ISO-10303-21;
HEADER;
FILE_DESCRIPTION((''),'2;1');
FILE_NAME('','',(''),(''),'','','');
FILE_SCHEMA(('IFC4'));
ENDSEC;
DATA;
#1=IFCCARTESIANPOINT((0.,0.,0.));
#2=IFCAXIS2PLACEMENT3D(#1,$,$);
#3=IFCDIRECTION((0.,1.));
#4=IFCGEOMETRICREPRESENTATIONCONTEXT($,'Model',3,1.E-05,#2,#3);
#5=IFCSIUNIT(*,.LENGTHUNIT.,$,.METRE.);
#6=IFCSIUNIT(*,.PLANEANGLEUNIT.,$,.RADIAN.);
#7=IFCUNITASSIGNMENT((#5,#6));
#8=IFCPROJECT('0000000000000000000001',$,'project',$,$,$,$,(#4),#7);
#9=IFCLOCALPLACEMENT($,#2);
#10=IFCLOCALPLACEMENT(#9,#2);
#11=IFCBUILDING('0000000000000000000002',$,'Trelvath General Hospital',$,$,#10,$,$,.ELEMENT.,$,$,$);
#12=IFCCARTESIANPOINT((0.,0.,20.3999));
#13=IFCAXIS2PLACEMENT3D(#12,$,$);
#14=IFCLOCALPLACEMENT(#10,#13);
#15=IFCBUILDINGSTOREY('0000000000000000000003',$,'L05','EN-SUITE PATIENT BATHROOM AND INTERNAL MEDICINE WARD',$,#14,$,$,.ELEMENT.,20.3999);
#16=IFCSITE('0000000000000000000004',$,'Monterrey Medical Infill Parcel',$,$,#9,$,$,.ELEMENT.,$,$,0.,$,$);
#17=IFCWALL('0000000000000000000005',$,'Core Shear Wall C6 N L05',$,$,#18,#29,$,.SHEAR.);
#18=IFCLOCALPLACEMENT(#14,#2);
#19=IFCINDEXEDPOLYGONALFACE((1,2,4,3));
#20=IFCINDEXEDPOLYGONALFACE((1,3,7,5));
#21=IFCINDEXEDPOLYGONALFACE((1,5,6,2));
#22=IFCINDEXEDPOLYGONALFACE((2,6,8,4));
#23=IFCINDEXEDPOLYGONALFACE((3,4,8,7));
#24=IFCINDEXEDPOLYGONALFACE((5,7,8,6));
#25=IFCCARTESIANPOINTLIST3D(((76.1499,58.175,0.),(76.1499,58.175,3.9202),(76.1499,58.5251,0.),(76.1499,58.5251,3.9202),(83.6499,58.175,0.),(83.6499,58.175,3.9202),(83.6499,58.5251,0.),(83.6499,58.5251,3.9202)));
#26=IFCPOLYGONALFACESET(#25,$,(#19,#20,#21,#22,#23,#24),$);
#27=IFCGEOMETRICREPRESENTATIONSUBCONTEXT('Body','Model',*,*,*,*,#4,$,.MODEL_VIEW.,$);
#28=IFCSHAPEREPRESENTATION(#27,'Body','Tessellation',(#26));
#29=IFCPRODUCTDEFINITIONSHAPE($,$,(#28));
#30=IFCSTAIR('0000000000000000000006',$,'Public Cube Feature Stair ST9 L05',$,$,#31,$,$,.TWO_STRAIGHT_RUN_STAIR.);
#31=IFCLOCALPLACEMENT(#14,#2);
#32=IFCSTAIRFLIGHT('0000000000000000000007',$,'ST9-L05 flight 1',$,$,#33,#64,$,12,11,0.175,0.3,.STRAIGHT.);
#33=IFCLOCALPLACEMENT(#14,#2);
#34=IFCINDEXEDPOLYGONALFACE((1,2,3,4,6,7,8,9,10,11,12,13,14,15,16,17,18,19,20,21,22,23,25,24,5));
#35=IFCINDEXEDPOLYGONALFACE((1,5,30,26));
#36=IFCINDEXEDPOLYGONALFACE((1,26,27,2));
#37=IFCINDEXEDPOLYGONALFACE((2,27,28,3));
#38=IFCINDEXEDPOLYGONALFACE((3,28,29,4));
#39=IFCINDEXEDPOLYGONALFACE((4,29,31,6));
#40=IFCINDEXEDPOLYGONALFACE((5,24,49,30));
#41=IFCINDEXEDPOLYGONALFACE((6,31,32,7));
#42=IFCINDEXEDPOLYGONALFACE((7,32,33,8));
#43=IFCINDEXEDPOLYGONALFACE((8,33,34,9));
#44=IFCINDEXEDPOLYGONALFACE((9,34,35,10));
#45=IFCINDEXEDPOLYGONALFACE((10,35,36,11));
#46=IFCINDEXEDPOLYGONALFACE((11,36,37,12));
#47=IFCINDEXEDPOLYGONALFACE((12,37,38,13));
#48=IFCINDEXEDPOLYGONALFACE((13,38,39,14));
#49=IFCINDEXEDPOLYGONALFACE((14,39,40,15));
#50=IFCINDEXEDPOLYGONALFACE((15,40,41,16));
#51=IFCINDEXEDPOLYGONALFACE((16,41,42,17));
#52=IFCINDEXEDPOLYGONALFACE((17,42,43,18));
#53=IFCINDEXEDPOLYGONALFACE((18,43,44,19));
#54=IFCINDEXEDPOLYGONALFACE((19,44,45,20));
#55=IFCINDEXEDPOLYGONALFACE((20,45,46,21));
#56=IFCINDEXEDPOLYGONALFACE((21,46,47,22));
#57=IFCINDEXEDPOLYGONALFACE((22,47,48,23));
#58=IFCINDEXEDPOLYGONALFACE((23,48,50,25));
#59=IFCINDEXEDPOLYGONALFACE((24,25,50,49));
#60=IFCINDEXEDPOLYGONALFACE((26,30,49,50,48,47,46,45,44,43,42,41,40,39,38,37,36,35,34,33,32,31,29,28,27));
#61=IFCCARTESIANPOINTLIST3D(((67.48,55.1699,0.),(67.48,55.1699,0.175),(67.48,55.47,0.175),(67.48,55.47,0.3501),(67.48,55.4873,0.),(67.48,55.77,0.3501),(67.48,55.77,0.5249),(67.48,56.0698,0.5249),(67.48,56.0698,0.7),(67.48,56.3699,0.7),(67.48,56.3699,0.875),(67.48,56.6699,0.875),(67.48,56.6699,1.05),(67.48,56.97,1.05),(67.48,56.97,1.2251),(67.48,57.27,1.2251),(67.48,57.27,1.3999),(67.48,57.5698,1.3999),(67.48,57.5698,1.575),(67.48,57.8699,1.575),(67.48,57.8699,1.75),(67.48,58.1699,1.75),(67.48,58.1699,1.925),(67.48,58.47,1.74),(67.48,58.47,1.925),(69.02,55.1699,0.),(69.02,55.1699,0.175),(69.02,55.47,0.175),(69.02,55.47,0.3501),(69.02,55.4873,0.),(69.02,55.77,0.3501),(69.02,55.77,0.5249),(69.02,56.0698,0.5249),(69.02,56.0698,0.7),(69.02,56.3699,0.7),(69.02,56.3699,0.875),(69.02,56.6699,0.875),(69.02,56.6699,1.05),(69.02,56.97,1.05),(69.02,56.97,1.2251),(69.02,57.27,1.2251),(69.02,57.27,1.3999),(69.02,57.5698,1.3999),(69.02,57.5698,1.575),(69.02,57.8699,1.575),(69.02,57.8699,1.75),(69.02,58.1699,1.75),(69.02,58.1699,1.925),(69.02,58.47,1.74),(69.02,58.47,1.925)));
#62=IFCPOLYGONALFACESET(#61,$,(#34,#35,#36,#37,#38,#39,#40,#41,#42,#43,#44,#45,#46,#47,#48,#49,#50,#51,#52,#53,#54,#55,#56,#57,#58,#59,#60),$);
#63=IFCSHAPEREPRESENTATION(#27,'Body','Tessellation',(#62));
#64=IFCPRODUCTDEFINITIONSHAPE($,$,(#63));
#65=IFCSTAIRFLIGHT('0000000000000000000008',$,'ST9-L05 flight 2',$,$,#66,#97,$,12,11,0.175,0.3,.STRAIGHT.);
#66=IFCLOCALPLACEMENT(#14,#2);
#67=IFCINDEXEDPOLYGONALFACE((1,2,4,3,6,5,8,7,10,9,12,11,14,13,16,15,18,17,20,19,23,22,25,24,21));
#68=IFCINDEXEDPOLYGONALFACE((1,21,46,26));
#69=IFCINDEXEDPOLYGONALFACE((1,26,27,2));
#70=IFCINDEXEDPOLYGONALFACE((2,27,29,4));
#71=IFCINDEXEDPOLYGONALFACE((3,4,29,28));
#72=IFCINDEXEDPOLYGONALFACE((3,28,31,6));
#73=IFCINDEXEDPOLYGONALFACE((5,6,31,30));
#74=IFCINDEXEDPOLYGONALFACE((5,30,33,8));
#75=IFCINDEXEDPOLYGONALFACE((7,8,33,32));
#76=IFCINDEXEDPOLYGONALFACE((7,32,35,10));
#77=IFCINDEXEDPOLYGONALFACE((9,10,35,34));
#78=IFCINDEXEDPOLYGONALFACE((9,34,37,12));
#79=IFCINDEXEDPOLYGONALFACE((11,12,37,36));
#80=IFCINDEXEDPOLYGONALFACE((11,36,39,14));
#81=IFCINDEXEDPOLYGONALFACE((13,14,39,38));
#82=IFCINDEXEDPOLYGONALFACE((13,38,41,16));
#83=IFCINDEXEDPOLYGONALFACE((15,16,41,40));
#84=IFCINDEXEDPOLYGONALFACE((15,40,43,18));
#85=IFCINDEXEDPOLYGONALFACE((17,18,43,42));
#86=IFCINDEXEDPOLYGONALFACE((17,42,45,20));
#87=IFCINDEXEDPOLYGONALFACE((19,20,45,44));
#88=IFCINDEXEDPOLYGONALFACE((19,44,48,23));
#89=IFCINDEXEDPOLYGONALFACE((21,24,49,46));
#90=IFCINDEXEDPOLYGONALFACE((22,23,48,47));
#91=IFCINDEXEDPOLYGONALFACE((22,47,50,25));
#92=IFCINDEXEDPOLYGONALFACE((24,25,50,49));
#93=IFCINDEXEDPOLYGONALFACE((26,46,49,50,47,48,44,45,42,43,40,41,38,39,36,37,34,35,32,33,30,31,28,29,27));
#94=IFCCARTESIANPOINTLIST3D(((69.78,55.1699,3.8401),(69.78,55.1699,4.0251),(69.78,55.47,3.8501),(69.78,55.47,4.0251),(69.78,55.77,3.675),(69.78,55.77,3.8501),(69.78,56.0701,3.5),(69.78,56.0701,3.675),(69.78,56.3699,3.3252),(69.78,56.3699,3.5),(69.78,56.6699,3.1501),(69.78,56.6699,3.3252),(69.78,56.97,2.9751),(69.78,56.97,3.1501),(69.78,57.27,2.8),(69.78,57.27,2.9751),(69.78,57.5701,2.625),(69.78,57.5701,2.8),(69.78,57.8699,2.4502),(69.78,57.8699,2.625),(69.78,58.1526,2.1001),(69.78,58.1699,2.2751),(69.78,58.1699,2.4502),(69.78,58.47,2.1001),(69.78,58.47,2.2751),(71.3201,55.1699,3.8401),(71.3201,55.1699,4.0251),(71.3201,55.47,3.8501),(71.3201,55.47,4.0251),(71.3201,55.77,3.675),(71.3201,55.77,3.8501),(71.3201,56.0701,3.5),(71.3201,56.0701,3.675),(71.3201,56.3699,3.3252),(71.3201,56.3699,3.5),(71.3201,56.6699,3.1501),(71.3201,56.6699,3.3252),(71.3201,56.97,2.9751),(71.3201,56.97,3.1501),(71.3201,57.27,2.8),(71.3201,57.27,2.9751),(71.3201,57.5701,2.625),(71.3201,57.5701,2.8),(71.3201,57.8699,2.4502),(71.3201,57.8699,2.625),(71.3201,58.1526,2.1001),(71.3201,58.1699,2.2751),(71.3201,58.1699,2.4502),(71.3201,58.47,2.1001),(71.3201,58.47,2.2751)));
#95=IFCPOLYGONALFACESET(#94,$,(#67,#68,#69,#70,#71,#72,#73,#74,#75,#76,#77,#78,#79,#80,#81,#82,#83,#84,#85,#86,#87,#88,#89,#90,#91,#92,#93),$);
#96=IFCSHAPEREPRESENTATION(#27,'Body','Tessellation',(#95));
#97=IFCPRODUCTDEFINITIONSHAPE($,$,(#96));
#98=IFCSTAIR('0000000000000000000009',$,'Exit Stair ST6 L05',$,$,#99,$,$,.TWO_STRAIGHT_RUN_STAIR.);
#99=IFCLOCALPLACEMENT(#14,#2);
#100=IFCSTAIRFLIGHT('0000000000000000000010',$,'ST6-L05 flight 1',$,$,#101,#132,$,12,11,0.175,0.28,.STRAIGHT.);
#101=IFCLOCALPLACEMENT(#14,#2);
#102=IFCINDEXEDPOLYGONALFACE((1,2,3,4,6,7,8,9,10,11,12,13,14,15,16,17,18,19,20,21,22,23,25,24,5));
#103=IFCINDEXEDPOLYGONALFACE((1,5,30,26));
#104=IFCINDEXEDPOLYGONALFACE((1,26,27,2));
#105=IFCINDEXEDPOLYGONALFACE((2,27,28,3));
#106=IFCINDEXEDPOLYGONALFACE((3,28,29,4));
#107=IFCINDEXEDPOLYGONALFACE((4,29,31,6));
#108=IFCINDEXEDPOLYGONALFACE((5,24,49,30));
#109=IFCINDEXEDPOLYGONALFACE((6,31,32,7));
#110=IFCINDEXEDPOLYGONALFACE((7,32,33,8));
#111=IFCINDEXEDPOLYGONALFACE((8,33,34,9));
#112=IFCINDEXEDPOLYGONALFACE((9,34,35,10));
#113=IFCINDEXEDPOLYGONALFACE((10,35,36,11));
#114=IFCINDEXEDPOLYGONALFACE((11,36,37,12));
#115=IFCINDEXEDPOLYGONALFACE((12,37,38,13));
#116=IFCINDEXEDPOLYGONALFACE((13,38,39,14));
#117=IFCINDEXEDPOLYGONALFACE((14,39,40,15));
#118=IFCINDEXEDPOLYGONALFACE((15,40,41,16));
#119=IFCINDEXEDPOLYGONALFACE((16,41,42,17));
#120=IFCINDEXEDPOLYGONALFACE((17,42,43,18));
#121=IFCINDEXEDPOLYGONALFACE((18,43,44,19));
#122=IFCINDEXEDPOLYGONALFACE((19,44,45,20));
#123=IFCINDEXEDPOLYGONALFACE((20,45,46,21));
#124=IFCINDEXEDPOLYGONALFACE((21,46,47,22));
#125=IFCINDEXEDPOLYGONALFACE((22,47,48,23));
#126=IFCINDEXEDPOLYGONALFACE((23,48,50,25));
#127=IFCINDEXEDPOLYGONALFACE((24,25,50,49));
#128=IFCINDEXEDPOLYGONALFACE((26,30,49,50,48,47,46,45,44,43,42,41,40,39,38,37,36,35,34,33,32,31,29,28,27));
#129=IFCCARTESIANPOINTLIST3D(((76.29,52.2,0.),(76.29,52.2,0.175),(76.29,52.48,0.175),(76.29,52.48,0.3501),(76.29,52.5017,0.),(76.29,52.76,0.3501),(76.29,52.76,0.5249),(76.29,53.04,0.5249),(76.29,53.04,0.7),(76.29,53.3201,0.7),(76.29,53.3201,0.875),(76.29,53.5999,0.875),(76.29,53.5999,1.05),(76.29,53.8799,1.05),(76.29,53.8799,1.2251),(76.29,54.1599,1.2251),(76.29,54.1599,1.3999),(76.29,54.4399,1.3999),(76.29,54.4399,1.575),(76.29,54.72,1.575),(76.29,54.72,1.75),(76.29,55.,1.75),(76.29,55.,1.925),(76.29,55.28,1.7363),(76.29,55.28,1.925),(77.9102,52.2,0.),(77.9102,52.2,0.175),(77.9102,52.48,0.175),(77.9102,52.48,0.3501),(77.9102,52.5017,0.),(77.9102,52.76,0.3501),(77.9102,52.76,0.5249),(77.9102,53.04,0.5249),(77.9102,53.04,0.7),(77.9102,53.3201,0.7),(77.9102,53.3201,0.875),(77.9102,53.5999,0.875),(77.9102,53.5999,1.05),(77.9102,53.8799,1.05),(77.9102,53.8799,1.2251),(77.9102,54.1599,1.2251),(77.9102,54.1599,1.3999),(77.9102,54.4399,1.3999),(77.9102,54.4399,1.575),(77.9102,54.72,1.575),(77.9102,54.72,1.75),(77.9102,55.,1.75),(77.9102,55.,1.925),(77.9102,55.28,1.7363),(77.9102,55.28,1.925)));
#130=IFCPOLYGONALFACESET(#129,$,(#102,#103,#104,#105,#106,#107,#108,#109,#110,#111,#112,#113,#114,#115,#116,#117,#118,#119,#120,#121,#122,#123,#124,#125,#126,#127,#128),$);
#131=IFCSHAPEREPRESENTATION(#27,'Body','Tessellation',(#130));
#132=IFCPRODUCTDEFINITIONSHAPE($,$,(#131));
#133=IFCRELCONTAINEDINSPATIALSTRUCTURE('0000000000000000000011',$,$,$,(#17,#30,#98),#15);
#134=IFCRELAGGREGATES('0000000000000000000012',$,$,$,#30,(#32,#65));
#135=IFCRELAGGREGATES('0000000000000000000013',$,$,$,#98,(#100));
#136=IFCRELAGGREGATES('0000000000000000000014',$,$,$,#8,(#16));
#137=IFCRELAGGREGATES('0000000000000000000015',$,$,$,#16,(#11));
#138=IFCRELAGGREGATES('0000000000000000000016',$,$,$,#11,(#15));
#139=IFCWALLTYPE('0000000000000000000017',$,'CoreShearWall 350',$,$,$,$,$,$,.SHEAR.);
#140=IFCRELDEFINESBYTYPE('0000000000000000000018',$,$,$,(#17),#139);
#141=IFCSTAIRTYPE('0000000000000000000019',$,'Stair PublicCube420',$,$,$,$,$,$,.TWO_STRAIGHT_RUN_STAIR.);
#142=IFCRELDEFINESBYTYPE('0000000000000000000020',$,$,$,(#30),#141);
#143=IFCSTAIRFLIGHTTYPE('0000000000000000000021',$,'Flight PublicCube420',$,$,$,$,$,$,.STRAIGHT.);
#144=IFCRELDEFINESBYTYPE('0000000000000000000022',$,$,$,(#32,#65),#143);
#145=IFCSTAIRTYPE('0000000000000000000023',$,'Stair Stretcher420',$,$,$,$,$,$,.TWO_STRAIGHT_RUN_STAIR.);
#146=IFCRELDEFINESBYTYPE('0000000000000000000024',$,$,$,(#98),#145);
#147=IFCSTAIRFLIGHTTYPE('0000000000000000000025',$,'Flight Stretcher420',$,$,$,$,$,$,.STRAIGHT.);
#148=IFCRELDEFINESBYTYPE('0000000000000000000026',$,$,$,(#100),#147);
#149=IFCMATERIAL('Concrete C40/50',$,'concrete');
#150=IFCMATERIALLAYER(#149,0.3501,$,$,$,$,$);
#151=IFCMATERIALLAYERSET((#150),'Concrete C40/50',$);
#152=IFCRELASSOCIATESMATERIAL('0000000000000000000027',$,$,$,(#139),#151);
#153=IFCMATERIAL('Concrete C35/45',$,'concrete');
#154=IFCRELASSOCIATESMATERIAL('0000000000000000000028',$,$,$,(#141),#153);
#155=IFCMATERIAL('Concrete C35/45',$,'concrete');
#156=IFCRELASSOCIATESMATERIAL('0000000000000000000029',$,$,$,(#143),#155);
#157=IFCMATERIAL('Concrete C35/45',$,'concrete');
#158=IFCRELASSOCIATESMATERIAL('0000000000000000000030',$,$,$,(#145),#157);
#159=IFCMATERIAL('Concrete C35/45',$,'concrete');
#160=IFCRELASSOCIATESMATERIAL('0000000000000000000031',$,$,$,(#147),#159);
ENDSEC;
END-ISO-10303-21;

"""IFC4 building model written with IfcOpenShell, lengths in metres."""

from ifc_helpers import new_model, si_unit, direction, frame, frame_2d, origin, place, context, subcontext, project, spatial, polyline, rectangle, outline, extrude, material, layer, layer_set, type_object, element, aggregate, save


model = new_model("IFC4")

# Units and contexts
model_context = context("Model", 3, precision=1e-05, world=origin(), true_north=direction((0.0, 1.0)))
body_context = subcontext(model_context, "Body", "Model", "MODEL_VIEW")
ifc_project = project(units=[si_unit("LENGTHUNIT", "METRE"), si_unit("PLANEANGLEUNIT", "RADIAN")], contexts=[model_context])

# Site, building, storey
site_placement = place(None, origin())
site = spatial("IfcSite", under=ifc_project, at=site_placement, Name="Monterrey Medical Infill Parcel", CompositionType="ELEMENT", RefElevation=0.0)
building_placement = place(site_placement, origin())
building = spatial("IfcBuilding", under=site, at=building_placement, Name="Trelvath General Hospital", CompositionType="ELEMENT")
storey_placement = place(building_placement, frame((0.0, 0.0, 20.3999)))
storey = spatial("IfcBuildingStorey", under=building, at=storey_placement, Name="L05", Description="EN-SUITE PATIENT BATHROOM AND INTERNAL MEDICINE WARD", CompositionType="ELEMENT", Elevation=20.3999)

# Wall
ifc_material_1 = material(Name="Concrete C40/50", Category="concrete")
ifc_layer = layer(ifc_material_1, 0.3501)
ifc_layer_set = layer_set([ifc_layer], Name="Concrete C40/50")
wall_type = type_object("IfcWallType", Name="CoreShearWall 350", PredefinedType="SHEAR", material=ifc_layer_set)
wall_placement = place(storey_placement, frame((76.1499, 58.3501, 0.0), z_axis=(0.0, 0.0, 1.0), x_axis=(1.0, 0.0, 0.0)))
element("IfcWall", 1, at=wall_placement, inside=storey, type_object=wall_type, Name="Core Shear Wall C6 N L05", PredefinedType="SHEAR", context=body_context, shape_type="SweptSolid", body=[
    extrude(rectangle(XDim=7.5, YDim=0.3501, at=frame_2d((3.75, 0.0))), origin(), (0.0, 0.0, 1.0), 3.9202),
])

# Stair, stair flights
ifc_material_2 = material(Name="Concrete C35/45", Category="concrete")
stair_type_1 = type_object("IfcStairType", Name="Stair PublicCube420", PredefinedType="TWO_STRAIGHT_RUN_STAIR", material=ifc_material_2)
stair_1_placement = place(storey_placement, origin())
stair_1 = element("IfcStair", 2, at=stair_1_placement, inside=storey, type_object=stair_type_1, Name="Public Cube Feature Stair ST9 L05", PredefinedType="TWO_STRAIGHT_RUN_STAIR")
ifc_material_3 = material(Name="Concrete C35/45", Category="concrete")
stair_flight_type_1 = type_object("IfcStairFlightType", Name="Flight PublicCube420", PredefinedType="STRAIGHT", material=ifc_material_3)
stair_flight_1_placement = place(storey_placement, frame((68.25, 55.1699, 0.0), z_axis=(0.0, 0.0, 1.0), x_axis=(0.0, 1.0, 0.0)))
stair_flight_1 = element("IfcStairFlight", 3, at=stair_flight_1_placement, type_object=stair_flight_type_1, Name="ST9-L05 flight 1", NumberOfRisers=12, NumberOfTreads=11, PredefinedType="STRAIGHT", RiserHeight=0.175, TreadLength=0.3, context=body_context, shape_type="SweptSolid", body=[
    extrude(outline(polyline([(0.0, 0.0), (0.0, 0.175), (0.3, 0.175), (0.3, 0.3501), (0.6001, 0.3501), (0.6001, 0.5249), (0.8999, 0.5249), (0.8999, 0.7), (1.2, 0.7), (1.2, 0.875), (1.5, 0.875), (1.5, 1.05), (1.8, 1.05), (1.8, 1.2251), (2.1001, 1.2251), (2.1001, 1.3999), (2.3999, 1.3999), (2.3999, 1.575), (2.7, 1.575), (2.7, 1.75), (3.0, 1.75), (3.0, 1.925), (3.3, 1.925), (3.3, 2.1001), (3.3, 1.74), (0.3174, 0.0), (0.0, 0.0)])), frame((0.0, 0.77, 0.0), z_axis=(0.0, -1.0, 0.0), x_axis=(1.0, 0.0, 0.0)), (0.0, 0.0, 1.0), 1.54),
])
stair_flight_2_placement = place(storey_placement, frame((70.55, 58.47, 2.1001), z_axis=(0.0, 0.0, 1.0), x_axis=(0.0, -1.0, 0.0)))
stair_flight_2 = element("IfcStairFlight", 4, at=stair_flight_2_placement, type_object=stair_flight_type_1, Name="ST9-L05 flight 2", NumberOfRisers=12, NumberOfTreads=11, PredefinedType="STRAIGHT", RiserHeight=0.175, TreadLength=0.3, context=body_context, shape_type="SweptSolid", body=[
    extrude(outline(polyline([(0.0, 0.0), (0.0, 0.175), (0.3, 0.175), (0.3, 0.3501), (0.6001, 0.3501), (0.6001, 0.5249), (0.8999, 0.5249), (0.8999, 0.7), (1.2, 0.7), (1.2, 0.875), (1.5, 0.875), (1.5, 1.05), (1.8, 1.05), (1.8, 1.2251), (2.1001, 1.2251), (2.1001, 1.3999), (2.3999, 1.3999), (2.3999, 1.575), (2.7, 1.575), (2.7, 1.75), (3.0, 1.75), (3.0, 1.925), (3.3, 1.925), (3.3, 2.1001), (3.3, 1.74), (0.3174, 0.0), (0.0, 0.0)])), frame((0.0, 0.77, 0.0), z_axis=(0.0, -1.0, 0.0), x_axis=(1.0, 0.0, 0.0)), (0.0, 0.0, 1.0), 1.54),
])
aggregate(stair_1, [stair_flight_1, stair_flight_2])

# Stair, stair flight
ifc_material_4 = material(Name="Concrete C35/45", Category="concrete")
stair_type_2 = type_object("IfcStairType", Name="Stair Stretcher420", PredefinedType="TWO_STRAIGHT_RUN_STAIR", material=ifc_material_4)
stair_2_placement = place(storey_placement, origin())
stair_2 = element("IfcStair", 5, at=stair_2_placement, inside=storey, type_object=stair_type_2, Name="Exit Stair ST6 L05", PredefinedType="TWO_STRAIGHT_RUN_STAIR")
ifc_material_5 = material(Name="Concrete C35/45", Category="concrete")
stair_flight_type_2 = type_object("IfcStairFlightType", Name="Flight Stretcher420", PredefinedType="STRAIGHT", material=ifc_material_5)
stair_flight_3_placement = place(storey_placement, frame((77.1001, 52.2, 0.0), z_axis=(0.0, 0.0, 1.0), x_axis=(0.0, 1.0, 0.0)))
stair_flight_3 = element("IfcStairFlight", 6, at=stair_flight_3_placement, type_object=stair_flight_type_2, Name="ST6-L05 flight 1", NumberOfRisers=12, NumberOfTreads=11, PredefinedType="STRAIGHT", RiserHeight=0.175, TreadLength=0.28, context=body_context, shape_type="SweptSolid", body=[
    extrude(outline(polyline([(0.0, 0.0), (0.0, 0.175), (0.28, 0.175), (0.28, 0.3501), (0.5601, 0.3501), (0.5601, 0.5249), (0.8401, 0.5249), (0.8401, 0.7), (1.1201, 0.7), (1.1201, 0.875), (1.3999, 0.875), (1.3999, 1.05), (1.6799, 1.05), (1.6799, 1.2251), (1.96, 1.2251), (1.96, 1.3999), (2.24, 1.3999), (2.24, 1.575), (2.52, 1.575), (2.52, 1.75), (2.8, 1.75), (2.8, 1.925), (3.0801, 1.925), (3.0801, 2.1001), (3.0801, 1.7363), (0.3018, 0.0), (0.0, 0.0)])), frame((0.0, 0.8101, 0.0), z_axis=(0.0, -1.0, 0.0), x_axis=(1.0, 0.0, 0.0)), (0.0, 0.0, 1.0), 1.6201),
])
aggregate(stair_2, [stair_flight_3])

save(model, "model.ifc")
